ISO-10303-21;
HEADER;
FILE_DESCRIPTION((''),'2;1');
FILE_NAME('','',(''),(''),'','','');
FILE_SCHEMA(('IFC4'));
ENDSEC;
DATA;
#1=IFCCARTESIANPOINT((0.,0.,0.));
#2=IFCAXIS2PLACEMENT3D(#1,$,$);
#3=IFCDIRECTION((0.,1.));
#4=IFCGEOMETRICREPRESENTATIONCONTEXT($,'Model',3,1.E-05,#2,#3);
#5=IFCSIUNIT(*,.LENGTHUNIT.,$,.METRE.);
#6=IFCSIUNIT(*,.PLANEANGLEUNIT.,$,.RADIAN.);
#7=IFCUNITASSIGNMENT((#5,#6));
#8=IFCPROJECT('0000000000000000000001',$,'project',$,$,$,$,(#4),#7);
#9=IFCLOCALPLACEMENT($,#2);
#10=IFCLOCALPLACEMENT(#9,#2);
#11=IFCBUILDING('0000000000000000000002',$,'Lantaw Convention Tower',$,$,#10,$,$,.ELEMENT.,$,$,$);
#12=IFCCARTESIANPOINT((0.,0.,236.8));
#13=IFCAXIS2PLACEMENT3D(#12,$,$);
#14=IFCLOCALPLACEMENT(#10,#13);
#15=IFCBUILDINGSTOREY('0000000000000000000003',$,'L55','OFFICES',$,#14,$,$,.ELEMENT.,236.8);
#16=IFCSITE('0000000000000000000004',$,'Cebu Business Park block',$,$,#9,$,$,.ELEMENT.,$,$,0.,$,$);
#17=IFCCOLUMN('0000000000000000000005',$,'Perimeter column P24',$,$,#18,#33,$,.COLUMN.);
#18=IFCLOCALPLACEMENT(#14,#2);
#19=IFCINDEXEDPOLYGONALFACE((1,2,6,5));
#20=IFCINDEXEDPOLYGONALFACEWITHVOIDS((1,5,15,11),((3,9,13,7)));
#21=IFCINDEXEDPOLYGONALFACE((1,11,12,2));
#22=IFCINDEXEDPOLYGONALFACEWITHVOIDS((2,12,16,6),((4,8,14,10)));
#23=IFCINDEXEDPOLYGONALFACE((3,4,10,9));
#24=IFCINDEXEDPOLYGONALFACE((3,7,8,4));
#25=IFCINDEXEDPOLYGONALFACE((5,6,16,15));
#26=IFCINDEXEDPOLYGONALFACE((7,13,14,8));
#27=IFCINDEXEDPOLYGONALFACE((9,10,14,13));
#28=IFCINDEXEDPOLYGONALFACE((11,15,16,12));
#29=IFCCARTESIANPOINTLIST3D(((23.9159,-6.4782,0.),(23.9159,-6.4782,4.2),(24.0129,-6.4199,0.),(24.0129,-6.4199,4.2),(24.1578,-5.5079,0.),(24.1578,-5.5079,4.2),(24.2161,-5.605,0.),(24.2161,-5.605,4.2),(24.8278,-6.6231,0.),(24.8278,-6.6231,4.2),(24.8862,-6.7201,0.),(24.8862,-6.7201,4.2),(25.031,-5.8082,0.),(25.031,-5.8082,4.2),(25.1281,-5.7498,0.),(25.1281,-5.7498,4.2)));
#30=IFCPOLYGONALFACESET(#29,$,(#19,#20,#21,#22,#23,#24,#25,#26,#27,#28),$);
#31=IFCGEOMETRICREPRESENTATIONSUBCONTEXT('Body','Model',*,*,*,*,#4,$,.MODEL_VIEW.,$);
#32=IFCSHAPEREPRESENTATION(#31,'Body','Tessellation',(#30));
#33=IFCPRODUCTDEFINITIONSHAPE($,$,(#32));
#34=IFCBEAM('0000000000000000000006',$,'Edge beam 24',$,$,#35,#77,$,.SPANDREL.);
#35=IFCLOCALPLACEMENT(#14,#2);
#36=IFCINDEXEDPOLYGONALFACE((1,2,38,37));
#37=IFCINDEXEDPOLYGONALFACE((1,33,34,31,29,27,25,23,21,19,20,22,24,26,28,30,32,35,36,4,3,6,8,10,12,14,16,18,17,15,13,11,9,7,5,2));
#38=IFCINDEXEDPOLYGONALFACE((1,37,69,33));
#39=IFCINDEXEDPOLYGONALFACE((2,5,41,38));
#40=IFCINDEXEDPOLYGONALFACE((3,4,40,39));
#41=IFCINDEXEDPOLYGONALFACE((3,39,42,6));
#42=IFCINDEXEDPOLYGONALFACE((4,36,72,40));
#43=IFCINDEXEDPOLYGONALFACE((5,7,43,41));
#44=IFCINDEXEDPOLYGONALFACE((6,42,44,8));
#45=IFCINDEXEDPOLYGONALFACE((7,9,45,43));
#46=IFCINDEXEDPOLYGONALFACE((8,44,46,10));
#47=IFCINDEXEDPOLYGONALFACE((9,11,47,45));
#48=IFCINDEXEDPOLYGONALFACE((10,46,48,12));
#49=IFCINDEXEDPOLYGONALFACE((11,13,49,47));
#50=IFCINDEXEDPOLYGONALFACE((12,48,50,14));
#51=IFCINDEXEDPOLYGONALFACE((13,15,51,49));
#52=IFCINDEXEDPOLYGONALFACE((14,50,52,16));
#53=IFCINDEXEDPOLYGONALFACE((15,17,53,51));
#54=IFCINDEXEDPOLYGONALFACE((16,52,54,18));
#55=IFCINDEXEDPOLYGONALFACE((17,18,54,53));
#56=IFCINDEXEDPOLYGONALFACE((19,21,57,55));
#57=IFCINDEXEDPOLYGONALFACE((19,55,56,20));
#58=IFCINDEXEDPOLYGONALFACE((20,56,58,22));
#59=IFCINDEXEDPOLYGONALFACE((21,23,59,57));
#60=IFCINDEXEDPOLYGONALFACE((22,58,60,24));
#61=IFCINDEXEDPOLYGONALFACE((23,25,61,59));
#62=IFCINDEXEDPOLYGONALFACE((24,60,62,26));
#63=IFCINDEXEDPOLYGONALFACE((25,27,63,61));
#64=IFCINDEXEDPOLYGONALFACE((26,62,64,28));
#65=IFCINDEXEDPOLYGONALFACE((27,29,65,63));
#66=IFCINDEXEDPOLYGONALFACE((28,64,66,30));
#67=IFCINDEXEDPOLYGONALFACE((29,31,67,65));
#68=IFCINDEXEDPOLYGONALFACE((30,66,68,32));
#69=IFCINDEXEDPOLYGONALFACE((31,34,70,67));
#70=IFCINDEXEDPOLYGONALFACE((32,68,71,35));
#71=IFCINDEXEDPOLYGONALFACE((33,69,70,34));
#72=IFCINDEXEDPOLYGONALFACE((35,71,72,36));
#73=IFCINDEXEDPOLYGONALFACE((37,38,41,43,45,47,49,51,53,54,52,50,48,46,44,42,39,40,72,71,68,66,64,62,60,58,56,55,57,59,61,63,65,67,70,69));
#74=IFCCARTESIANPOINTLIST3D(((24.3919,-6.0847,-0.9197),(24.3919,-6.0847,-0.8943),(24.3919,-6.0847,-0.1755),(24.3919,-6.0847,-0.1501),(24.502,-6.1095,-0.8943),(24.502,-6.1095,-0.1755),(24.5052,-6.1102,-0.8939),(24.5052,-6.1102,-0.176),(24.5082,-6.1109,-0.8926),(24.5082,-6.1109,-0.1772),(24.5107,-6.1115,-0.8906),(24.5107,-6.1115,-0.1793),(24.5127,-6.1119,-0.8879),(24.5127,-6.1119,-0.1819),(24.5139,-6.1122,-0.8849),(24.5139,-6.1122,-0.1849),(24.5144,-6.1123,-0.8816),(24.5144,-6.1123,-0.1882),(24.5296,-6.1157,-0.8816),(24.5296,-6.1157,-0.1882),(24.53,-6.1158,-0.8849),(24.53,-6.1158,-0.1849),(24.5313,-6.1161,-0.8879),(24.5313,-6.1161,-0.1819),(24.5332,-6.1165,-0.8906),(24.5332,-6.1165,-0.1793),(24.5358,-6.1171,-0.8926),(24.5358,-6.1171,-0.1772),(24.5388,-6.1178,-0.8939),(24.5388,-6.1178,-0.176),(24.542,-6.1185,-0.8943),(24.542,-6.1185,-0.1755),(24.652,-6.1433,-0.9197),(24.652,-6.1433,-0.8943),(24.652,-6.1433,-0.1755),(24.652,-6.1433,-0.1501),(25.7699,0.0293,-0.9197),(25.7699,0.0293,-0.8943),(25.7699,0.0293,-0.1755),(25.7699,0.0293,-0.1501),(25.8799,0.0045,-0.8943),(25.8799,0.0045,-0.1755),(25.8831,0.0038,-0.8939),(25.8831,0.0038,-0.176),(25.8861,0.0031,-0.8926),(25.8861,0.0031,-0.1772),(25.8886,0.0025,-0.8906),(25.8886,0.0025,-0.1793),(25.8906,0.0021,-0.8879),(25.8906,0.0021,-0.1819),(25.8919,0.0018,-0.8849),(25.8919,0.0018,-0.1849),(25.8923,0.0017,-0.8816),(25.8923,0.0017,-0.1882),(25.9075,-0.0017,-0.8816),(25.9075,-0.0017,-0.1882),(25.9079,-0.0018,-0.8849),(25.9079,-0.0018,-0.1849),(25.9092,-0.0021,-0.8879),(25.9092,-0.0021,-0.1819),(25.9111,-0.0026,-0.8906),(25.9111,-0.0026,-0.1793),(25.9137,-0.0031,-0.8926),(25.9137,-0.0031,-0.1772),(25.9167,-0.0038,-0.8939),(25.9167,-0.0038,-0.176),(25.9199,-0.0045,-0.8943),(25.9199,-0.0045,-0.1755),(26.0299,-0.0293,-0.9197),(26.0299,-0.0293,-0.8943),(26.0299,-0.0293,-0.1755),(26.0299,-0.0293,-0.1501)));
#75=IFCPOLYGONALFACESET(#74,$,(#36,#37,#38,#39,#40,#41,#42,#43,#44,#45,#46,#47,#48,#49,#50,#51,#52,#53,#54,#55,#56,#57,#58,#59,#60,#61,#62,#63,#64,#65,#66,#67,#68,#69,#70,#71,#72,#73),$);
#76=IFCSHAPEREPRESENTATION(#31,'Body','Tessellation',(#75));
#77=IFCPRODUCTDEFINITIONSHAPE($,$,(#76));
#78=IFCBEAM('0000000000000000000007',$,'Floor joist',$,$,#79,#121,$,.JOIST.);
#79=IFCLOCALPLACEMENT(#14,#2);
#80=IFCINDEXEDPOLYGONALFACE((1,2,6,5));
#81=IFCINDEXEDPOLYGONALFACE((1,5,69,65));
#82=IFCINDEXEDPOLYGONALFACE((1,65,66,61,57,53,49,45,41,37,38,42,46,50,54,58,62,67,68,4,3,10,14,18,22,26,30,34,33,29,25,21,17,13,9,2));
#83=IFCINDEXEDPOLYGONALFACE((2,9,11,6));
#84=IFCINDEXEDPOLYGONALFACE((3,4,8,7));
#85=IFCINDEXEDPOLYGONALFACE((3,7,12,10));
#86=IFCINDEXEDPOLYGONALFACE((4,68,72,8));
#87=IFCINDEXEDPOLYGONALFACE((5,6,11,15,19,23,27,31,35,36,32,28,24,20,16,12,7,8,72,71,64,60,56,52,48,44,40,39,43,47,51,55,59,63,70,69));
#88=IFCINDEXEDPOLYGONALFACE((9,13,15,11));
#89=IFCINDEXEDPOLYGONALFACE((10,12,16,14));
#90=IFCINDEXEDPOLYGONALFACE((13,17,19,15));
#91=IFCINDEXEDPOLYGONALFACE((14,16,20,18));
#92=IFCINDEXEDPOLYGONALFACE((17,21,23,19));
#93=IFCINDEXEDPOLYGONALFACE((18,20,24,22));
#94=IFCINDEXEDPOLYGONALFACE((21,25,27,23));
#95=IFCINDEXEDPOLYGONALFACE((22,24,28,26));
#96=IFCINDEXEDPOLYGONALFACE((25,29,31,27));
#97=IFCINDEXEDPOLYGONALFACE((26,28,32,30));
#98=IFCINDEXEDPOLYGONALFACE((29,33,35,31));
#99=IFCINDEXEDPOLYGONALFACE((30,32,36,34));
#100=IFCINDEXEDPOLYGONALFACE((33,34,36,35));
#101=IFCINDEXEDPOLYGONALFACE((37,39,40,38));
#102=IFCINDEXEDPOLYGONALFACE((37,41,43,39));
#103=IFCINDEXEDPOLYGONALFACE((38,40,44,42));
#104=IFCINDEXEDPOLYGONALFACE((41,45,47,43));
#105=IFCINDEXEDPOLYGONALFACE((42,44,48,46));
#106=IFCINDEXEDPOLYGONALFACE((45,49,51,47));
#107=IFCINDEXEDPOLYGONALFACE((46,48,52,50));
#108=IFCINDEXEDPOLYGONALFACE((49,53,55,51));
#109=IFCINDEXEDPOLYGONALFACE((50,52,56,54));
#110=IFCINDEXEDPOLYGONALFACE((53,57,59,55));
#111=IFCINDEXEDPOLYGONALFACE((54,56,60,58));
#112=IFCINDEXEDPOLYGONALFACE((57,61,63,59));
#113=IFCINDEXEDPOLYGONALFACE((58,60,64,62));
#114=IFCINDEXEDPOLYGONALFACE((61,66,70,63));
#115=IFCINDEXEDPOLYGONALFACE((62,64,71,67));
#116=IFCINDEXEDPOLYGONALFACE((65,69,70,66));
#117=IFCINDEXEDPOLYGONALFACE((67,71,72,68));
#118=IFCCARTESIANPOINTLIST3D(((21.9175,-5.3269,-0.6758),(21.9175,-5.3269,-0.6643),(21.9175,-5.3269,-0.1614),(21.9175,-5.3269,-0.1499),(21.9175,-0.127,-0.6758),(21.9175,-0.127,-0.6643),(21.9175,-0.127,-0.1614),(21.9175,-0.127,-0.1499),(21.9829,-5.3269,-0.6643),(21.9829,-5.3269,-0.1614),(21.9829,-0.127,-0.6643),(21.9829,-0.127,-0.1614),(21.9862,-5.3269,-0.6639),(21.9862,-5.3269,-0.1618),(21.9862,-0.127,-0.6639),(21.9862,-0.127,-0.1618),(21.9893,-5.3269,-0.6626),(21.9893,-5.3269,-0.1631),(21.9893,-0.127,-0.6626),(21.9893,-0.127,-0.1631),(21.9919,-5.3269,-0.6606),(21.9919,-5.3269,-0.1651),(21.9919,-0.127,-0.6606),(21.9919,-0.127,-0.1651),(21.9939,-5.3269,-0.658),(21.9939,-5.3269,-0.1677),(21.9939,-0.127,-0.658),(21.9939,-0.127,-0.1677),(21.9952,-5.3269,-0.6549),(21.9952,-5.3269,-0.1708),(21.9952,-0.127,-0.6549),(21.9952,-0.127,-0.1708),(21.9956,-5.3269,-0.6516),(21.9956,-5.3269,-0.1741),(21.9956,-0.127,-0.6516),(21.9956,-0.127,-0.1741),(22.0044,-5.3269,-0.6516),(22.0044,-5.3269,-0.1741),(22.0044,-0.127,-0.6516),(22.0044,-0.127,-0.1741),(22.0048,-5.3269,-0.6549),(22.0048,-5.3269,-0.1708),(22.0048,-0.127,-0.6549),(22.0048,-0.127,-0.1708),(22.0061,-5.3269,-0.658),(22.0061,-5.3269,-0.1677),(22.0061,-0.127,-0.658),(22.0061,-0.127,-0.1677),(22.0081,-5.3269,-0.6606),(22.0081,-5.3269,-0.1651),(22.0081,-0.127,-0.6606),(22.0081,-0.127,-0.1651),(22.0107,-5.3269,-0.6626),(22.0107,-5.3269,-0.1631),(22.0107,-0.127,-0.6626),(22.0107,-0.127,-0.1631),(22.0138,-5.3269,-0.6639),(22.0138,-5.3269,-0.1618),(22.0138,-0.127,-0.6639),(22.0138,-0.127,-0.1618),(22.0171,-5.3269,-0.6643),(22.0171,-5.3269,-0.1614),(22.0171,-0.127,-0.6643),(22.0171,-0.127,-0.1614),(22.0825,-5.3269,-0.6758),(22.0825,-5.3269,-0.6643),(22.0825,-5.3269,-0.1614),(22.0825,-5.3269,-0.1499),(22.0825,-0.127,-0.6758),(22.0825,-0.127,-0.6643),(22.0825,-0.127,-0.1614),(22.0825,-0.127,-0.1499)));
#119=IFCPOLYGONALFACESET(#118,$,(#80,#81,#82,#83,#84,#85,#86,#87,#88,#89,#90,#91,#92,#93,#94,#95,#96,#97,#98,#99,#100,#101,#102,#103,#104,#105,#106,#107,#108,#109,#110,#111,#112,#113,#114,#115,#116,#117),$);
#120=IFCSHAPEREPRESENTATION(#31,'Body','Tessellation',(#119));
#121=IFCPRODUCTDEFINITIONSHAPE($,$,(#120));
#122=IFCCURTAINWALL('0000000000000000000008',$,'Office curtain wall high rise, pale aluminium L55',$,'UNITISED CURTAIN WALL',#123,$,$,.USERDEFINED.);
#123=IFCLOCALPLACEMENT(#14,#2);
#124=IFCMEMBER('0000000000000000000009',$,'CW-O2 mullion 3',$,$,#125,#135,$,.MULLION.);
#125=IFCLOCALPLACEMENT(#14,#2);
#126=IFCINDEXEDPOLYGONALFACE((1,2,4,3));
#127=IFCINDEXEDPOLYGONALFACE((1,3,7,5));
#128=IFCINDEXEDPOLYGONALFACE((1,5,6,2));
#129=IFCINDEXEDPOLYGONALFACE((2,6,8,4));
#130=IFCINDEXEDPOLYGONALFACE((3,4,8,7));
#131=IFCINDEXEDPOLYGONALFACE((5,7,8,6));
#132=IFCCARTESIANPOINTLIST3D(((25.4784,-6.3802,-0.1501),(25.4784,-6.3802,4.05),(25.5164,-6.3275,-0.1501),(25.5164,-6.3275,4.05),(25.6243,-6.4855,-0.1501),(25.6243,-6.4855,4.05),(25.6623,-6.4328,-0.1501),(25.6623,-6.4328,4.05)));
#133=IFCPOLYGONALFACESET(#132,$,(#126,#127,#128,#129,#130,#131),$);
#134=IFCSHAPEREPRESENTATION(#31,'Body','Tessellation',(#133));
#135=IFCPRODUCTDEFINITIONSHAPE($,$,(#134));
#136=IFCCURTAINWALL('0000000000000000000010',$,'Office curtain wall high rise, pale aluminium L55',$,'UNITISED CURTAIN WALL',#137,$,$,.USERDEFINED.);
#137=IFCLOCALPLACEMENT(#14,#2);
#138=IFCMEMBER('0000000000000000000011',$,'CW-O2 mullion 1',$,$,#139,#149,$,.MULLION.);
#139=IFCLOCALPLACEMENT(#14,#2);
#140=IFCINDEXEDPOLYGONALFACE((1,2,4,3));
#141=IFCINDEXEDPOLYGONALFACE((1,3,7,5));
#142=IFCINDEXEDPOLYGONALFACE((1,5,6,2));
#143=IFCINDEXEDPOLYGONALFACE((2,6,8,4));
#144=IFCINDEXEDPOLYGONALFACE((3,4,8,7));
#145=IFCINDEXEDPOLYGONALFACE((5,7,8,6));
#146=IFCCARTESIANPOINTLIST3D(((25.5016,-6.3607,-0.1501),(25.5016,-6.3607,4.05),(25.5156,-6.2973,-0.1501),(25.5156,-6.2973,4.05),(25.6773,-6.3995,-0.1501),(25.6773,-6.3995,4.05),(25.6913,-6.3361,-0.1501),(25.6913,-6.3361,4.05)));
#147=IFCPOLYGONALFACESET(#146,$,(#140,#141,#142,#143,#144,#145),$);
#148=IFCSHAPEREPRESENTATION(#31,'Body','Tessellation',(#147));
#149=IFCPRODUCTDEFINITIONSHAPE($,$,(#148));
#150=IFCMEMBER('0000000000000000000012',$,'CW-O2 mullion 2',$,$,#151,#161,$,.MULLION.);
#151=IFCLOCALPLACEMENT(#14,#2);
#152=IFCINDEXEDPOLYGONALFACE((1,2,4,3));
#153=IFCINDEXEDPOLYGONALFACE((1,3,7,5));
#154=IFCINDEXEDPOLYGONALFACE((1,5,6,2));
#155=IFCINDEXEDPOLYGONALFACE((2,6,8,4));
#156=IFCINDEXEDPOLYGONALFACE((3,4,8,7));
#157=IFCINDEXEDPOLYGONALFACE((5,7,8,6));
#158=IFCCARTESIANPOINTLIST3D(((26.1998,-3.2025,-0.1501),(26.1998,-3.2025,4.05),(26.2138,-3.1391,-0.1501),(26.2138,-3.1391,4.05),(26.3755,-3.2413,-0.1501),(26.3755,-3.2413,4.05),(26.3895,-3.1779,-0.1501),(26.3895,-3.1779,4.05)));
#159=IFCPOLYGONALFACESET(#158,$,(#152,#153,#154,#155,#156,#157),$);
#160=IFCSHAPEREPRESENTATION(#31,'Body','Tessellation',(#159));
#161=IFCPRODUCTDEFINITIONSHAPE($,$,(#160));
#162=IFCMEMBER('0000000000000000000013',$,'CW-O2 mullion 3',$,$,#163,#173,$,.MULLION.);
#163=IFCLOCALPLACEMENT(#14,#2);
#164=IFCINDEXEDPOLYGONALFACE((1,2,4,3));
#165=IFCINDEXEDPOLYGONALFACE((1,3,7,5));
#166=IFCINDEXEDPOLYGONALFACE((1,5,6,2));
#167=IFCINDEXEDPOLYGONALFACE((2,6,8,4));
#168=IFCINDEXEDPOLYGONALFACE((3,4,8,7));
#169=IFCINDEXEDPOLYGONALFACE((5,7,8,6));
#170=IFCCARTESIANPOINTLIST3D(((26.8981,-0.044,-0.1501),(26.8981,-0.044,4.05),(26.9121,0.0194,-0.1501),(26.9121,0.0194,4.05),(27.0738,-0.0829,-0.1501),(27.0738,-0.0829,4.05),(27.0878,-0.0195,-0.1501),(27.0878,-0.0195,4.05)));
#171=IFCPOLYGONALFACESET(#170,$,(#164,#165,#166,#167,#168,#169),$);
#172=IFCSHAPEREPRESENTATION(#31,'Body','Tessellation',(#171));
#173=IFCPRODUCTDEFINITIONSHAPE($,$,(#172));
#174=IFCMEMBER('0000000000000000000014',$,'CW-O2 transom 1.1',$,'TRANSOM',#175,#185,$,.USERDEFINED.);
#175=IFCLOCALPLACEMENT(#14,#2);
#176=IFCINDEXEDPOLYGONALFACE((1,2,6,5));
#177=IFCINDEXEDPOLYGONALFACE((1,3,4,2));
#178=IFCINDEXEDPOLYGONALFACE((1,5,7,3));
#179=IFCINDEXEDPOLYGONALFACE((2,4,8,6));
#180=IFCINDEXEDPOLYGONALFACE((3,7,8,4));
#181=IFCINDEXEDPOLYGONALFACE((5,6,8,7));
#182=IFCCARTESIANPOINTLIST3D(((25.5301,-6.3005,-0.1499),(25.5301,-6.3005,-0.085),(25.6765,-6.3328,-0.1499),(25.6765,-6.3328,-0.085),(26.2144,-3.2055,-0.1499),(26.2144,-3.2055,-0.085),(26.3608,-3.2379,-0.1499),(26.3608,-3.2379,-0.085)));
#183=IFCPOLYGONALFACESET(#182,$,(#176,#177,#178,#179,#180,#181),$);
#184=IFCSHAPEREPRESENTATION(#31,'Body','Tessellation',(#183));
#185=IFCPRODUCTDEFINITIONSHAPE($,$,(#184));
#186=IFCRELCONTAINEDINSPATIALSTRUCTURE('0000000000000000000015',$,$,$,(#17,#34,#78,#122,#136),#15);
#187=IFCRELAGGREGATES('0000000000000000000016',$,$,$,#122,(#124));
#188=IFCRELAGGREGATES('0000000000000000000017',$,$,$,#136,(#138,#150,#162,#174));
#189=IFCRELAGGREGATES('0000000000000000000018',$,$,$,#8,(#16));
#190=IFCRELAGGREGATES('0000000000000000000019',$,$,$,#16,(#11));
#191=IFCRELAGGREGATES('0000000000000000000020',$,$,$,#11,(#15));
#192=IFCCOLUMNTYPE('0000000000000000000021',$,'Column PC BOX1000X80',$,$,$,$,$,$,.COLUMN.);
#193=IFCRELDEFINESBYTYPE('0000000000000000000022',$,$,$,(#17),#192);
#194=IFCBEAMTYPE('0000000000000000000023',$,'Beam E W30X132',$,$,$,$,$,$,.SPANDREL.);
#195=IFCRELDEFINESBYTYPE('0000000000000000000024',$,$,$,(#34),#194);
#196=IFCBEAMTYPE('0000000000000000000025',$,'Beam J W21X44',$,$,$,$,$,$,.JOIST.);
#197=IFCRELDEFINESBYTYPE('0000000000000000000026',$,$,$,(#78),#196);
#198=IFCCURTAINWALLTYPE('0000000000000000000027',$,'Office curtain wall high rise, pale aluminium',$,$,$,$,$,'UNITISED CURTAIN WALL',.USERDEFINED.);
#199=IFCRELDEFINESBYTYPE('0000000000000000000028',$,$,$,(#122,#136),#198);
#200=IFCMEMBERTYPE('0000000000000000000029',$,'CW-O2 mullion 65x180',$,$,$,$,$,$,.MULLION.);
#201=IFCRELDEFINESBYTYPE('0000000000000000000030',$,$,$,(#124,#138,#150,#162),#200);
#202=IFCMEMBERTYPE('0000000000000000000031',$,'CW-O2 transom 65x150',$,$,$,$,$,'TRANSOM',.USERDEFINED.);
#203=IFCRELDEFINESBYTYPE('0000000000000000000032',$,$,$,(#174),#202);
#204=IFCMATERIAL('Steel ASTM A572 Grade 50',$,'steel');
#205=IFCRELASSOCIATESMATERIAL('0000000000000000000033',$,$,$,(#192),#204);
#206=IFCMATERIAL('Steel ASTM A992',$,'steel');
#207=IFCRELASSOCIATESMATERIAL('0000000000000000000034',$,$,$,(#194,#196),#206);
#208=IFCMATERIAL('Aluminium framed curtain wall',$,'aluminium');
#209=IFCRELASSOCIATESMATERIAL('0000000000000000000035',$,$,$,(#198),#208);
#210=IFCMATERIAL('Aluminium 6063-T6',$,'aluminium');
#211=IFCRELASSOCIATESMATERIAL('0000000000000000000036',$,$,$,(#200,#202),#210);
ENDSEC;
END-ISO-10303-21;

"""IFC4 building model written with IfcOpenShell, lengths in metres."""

from ifc_helpers import new_model, si_unit, direction, frame, origin, origin_2d, place, context, subcontext, project, spatial, rectangle, hollow_rectangle, i_section, extrude, material, material_profile, profile_set, type_object, element, aggregate, save


model = new_model("IFC4")

# Units and contexts
model_context = context("Model", 3, precision=1e-05, world=origin(), true_north=direction((0.0, 1.0)))
body_context = subcontext(model_context, "Body", "Model", "MODEL_VIEW")
ifc_project = project(units=[si_unit("LENGTHUNIT", "METRE"), si_unit("PLANEANGLEUNIT", "RADIAN")], contexts=[model_context])

# Site, building, storey
site_placement = place(None, origin())
site = spatial("IfcSite", under=ifc_project, at=site_placement, Name="Cebu Business Park block", CompositionType="ELEMENT", RefElevation=0.0)
building_placement = place(site_placement, origin())
building = spatial("IfcBuilding", under=site, at=building_placement, Name="Lantaw Convention Tower", CompositionType="ELEMENT")
storey_placement = place(building_placement, frame((0.0, 0.0, 236.8)))
storey = spatial("IfcBuildingStorey", under=building, at=storey_placement, Name="L55", Description="OFFICES", CompositionType="ELEMENT", Elevation=236.8)

# Column
ifc_material_1 = material(Name="Steel ASTM A572 Grade 50", Category="steel")
ifc_material_profile_1 = material_profile(ifc_material_1, hollow_rectangle(XDim=1.0, YDim=1.0, WallThickness=0.0801, at=origin_2d()), Name="BOX1000X80")
ifc_material_2 = material(Name="Concrete C60/75", Category="concrete")
ifc_material_profile_2 = material_profile(ifc_material_2, rectangle(XDim=0.8401, YDim=0.8401, at=origin_2d()), Name="Concrete fill of BOX1000X80")
ifc_profile_set_1 = profile_set([ifc_material_profile_1, ifc_material_profile_2], Name="Steel ASTM A572 Grade 50")
column_type = type_object("IfcColumnType", Name="Column PC BOX1000X80", PredefinedType="COLUMN", material=ifc_profile_set_1)
column_placement = place(storey_placement, frame((24.522, -6.114, 0.0), z_axis=(0.0, 0.0, 1.0), x_axis=(0.241922, 0.970296, 0.0)))
element("IfcColumn", 1, at=column_placement, inside=storey, type_object=column_type, Name="Perimeter column P24", PredefinedType="COLUMN", context=body_context, shape_type="SweptSolid", body=[
    extrude(hollow_rectangle(XDim=1.0, YDim=1.0, WallThickness=0.0801, at=origin_2d()), origin(), (0.0, 0.0, 1.0), 4.2),
])

# Beams
ifc_material_3 = material(Name="Steel ASTM A992", Category="steel")
ifc_material_profile_3 = material_profile(ifc_material_3, i_section(OverallWidth=0.2666, OverallDepth=0.7695, WebThickness=0.0156, FlangeThickness=0.0254, FilletRadius=0.0127, at=origin_2d()), Name="W30X132")
ifc_profile_set_2 = profile_set([ifc_material_profile_3], Name="Steel ASTM A992")
beam_type_1 = type_object("IfcBeamType", Name="Beam E W30X132", PredefinedType="SPANDREL", material=ifc_profile_set_2)
beam_1_placement = place(storey_placement, frame((24.522, -6.114, -0.5349), z_axis=(0.219858, 0.975532, 0.0), x_axis=(-0.975532, 0.219858, 0.0)))
element("IfcBeam", 2, at=beam_1_placement, inside=storey, type_object=beam_type_1, Name="Edge beam 24", PredefinedType="SPANDREL", context=body_context, shape_type="SweptSolid", body=[
    extrude(i_section(OverallWidth=0.2666, OverallDepth=0.7695, WebThickness=0.0156, FlangeThickness=0.0254, FilletRadius=0.0127, at=origin_2d()), origin(), (0.0, 0.0, 1.0), 6.2673),
])
ifc_material_profile_4 = material_profile(ifc_material_3, i_section(OverallWidth=0.165, OverallDepth=0.5259, WebThickness=0.0088, FlangeThickness=0.0115, FilletRadius=0.0127, at=origin_2d()), Name="W21X44")
ifc_profile_set_3 = profile_set([ifc_material_profile_4], Name="Steel ASTM A992")
beam_type_2 = type_object("IfcBeamType", Name="Beam J W21X44", PredefinedType="JOIST", material=ifc_profile_set_3)
beam_2_placement = place(storey_placement, frame((22.0, -5.3269, -0.4128), z_axis=(0.0, 1.0, 0.0), x_axis=(-1.0, 0.0, 0.0)))
element("IfcBeam", 3, at=beam_2_placement, inside=storey, type_object=beam_type_2, Name="Floor joist", PredefinedType="JOIST", context=body_context, shape_type="SweptSolid", body=[
    extrude(i_section(OverallWidth=0.165, OverallDepth=0.5259, WebThickness=0.0088, FlangeThickness=0.0115, FilletRadius=0.0127, at=origin_2d()), origin(), (0.0, 0.0, 1.0), 5.2),
])

# Curtain wall, member
ifc_material_4 = material(Name="Aluminium framed curtain wall", Category="aluminium")
curtain_wall_type = type_object("IfcCurtainWallType", Name="Office curtain wall high rise, pale aluminium", ElementType="UNITISED CURTAIN WALL", PredefinedType="USERDEFINED", material=ifc_material_4)
curtain_wall_1_placement = place(storey_placement, origin())
curtain_wall_1 = element("IfcCurtainWall", 4, at=curtain_wall_1_placement, inside=storey, type_object=curtain_wall_type, Name="Office curtain wall high rise, pale aluminium L55", ObjectType="UNITISED CURTAIN WALL", PredefinedType="USERDEFINED")
ifc_material_5 = material(Name="Aluminium 6063-T6", Category="aluminium")
ifc_material_profile_5 = material_profile(ifc_material_5, rectangle(XDim=0.1799, YDim=0.0649, at=origin_2d()), Name="CW-O2 mullion 65x180")
ifc_profile_set_4 = profile_set([ifc_material_profile_5], Name="Aluminium 6063-T6")
member_type_1 = type_object("IfcMemberType", Name="CW-O2 mullion 65x180", PredefinedType="MULLION", material=ifc_profile_set_4)
member_1_placement = place(storey_placement, frame((25.5703, -6.4065, -0.1501), z_axis=(0.0, 0.0, 1.0), x_axis=(-0.81092, 0.585158, 0.0)))
member_1 = element("IfcMember", 5, at=member_1_placement, type_object=member_type_1, Name="CW-O2 mullion 3", PredefinedType="MULLION", context=body_context, shape_type="SweptSolid", body=[
    extrude(rectangle(XDim=0.1799, YDim=0.0649, at=origin_2d()), origin(), (0.0, 0.0, 1.0), 4.2002),
])

# Curtain wall, members
curtain_wall_2_placement = place(storey_placement, origin())
curtain_wall_2 = element("IfcCurtainWall", 6, at=curtain_wall_2_placement, inside=storey, type_object=curtain_wall_type, Name="Office curtain wall high rise, pale aluminium L55", ObjectType="UNITISED CURTAIN WALL", PredefinedType="USERDEFINED")
member_2_placement = place(storey_placement, frame((25.5964, -6.3484, -0.1501), z_axis=(0.0, 0.0, 1.0), x_axis=(-0.976417, 0.215891, 0.0)))
member_2 = element("IfcMember", 7, at=member_2_placement, type_object=member_type_1, Name="CW-O2 mullion 1", PredefinedType="MULLION", context=body_context, shape_type="SweptSolid", body=[
    extrude(rectangle(XDim=0.1799, YDim=0.0649, at=origin_2d()), origin(), (0.0, 0.0, 1.0), 4.2002),
])
member_3_placement = place(storey_placement, frame((26.2947, -3.1902, -0.1501), z_axis=(0.0, 0.0, 1.0), x_axis=(-0.976417, 0.215891, 0.0)))
member_3 = element("IfcMember", 8, at=member_3_placement, type_object=member_type_1, Name="CW-O2 mullion 2", PredefinedType="MULLION", context=body_context, shape_type="SweptSolid", body=[
    extrude(rectangle(XDim=0.1799, YDim=0.0649, at=origin_2d()), origin(), (0.0, 0.0, 1.0), 4.2002),
])
member_4_placement = place(storey_placement, frame((26.9929, -0.0317, -0.1501), z_axis=(0.0, 0.0, 1.0), x_axis=(-0.976417, 0.215891, 0.0)))
member_4 = element("IfcMember", 9, at=member_4_placement, type_object=member_type_1, Name="CW-O2 mullion 3", PredefinedType="MULLION", context=body_context, shape_type="SweptSolid", body=[
    extrude(rectangle(XDim=0.1799, YDim=0.0649, at=origin_2d()), origin(), (0.0, 0.0, 1.0), 4.2002),
])
ifc_material_profile_6 = material_profile(ifc_material_5, rectangle(XDim=0.1499, YDim=0.0649, at=origin_2d()), Name="CW-O2 transom 65x150")
ifc_profile_set_5 = profile_set([ifc_material_profile_6], Name="Aluminium 6063-T6")
member_type_2 = type_object("IfcMemberType", Name="CW-O2 transom 65x150", ElementType="TRANSOM", PredefinedType="USERDEFINED", material=ifc_profile_set_5)
member_5_placement = place(storey_placement, frame((25.6033, -6.3167, -0.1174), z_axis=(0.215895, 0.976417, 0.0), x_axis=(-0.976417, 0.215895, 0.0)))
member_5 = element("IfcMember", 10, at=member_5_placement, type_object=member_type_2, Name="CW-O2 transom 1.1", ObjectType="TRANSOM", PredefinedType="USERDEFINED", context=body_context, shape_type="SweptSolid", body=[
    extrude(rectangle(XDim=0.1499, YDim=0.0649, at=origin_2d()), origin(), (0.0, 0.0, 1.0), 3.1697),
])

aggregate(curtain_wall_1, [member_1])
aggregate(curtain_wall_2, [member_2, member_3, member_4, member_5])

save(model, "model.ifc")
